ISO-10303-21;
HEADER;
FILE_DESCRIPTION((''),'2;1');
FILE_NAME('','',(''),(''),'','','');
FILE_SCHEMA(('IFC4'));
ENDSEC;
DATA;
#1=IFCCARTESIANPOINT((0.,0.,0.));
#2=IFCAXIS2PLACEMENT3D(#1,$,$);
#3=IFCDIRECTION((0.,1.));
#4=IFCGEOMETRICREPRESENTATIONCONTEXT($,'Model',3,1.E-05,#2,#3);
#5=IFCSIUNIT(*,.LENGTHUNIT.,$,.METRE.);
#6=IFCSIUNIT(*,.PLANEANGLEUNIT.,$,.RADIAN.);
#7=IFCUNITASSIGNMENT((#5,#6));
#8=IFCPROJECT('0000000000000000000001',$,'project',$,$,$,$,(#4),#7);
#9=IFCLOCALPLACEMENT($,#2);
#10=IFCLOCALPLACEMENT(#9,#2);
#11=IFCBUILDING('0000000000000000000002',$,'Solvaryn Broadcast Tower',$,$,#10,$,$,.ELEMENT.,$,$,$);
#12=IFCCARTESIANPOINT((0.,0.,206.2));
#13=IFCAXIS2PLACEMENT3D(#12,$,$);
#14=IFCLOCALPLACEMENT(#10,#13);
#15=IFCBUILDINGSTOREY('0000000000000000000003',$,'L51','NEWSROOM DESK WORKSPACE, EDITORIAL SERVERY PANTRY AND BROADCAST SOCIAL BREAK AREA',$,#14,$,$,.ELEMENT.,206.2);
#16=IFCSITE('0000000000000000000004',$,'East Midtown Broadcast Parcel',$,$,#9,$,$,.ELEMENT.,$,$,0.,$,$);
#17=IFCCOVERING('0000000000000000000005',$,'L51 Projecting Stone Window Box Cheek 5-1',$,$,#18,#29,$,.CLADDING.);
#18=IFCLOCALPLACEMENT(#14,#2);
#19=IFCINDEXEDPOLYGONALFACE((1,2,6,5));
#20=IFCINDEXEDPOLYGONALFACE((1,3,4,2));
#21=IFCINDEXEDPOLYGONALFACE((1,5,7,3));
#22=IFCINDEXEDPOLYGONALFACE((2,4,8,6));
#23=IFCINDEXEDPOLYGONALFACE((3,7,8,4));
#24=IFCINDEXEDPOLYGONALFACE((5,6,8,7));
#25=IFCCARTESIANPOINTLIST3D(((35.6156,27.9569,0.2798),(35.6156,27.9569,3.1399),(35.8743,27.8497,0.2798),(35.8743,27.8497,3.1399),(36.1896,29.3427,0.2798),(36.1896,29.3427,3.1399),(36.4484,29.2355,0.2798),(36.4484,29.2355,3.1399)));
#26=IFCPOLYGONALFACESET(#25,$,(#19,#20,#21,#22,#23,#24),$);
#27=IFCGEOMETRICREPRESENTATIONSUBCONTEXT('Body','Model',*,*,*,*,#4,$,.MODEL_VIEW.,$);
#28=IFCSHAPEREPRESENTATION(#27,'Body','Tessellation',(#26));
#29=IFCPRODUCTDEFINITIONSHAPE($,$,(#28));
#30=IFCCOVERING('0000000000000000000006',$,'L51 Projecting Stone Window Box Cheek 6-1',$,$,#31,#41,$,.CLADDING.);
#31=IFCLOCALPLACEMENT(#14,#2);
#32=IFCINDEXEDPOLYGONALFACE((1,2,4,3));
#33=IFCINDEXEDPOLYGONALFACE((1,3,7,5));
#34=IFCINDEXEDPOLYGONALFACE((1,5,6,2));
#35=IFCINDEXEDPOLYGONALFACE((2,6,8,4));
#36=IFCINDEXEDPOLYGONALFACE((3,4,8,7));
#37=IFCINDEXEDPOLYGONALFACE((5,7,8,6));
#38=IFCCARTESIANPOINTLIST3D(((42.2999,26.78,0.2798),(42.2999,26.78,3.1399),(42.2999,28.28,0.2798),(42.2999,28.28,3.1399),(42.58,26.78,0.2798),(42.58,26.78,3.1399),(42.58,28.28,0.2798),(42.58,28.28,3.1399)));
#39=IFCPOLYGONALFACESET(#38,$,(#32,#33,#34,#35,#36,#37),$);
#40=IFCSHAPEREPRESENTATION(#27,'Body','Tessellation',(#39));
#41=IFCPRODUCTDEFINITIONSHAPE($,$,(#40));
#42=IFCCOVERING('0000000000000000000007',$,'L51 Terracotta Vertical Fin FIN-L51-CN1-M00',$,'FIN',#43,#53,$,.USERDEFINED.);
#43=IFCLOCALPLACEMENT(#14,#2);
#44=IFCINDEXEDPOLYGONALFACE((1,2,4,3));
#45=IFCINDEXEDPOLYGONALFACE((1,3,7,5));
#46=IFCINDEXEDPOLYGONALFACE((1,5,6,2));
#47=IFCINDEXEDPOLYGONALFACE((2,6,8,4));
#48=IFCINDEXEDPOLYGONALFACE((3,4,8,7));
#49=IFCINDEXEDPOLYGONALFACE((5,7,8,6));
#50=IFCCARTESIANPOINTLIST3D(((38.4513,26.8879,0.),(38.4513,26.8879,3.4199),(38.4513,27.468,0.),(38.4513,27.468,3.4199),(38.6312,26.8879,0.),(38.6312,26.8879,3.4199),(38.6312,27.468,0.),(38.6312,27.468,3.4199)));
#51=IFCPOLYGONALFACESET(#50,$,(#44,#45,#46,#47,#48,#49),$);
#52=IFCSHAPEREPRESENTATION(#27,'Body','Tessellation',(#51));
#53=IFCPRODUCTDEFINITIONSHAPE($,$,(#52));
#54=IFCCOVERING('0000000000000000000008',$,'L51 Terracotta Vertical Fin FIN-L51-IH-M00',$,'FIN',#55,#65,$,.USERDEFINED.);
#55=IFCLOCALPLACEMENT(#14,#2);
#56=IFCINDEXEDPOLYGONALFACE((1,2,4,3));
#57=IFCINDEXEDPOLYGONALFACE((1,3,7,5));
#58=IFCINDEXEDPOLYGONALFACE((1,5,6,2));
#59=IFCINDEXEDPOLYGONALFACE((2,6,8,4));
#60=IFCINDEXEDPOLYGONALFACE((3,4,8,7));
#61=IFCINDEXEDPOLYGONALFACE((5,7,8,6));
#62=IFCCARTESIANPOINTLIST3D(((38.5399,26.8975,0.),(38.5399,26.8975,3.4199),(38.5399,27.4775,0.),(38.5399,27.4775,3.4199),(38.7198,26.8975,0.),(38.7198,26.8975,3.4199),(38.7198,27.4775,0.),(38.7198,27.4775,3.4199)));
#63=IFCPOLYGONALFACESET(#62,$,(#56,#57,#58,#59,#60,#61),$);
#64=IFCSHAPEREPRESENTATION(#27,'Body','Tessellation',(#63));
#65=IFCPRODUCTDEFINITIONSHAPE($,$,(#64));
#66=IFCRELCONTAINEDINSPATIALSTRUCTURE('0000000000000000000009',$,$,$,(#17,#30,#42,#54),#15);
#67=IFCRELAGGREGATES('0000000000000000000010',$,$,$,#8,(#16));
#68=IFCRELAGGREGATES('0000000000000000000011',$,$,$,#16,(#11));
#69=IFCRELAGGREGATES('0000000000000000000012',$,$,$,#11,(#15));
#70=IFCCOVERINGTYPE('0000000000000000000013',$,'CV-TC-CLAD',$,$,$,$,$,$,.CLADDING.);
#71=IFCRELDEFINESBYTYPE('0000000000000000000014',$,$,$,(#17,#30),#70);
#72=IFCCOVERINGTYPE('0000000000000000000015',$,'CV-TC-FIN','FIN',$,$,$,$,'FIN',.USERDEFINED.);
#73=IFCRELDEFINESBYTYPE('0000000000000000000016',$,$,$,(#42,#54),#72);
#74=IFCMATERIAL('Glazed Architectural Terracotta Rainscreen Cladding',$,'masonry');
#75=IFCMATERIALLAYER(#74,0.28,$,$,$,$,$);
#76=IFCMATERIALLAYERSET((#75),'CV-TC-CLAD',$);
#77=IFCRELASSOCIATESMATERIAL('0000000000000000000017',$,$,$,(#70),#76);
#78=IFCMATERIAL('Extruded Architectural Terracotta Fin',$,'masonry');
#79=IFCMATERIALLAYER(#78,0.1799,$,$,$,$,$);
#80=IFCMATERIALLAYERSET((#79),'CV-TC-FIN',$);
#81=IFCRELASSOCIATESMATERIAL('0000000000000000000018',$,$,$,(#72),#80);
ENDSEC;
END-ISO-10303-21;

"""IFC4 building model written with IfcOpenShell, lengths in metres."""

from ifc_helpers import new_model, si_unit, direction, frame, origin, origin_2d, place, context, subcontext, project, spatial, rectangle, extrude, material, layer, layer_set, type_object, element, save


model = new_model("IFC4")

# Units and contexts
model_context = context("Model", 3, precision=1e-05, world=origin(), true_north=direction((0.0, 1.0)))
body_context = subcontext(model_context, "Body", "Model", "MODEL_VIEW")
ifc_project = project(units=[si_unit("LENGTHUNIT", "METRE"), si_unit("PLANEANGLEUNIT", "RADIAN")], contexts=[model_context])

# Site, building, storey
site_placement = place(None, origin())
site = spatial("IfcSite", under=ifc_project, at=site_placement, Name="East Midtown Broadcast Parcel", CompositionType="ELEMENT", RefElevation=0.0)
building_placement = place(site_placement, origin())
building = spatial("IfcBuilding", under=site, at=building_placement, Name="Solvaryn Broadcast Tower", CompositionType="ELEMENT")
storey_placement = place(building_placement, frame((0.0, 0.0, 206.2)))
storey = spatial("IfcBuildingStorey", under=building, at=storey_placement, Name="L51", Description="NEWSROOM DESK WORKSPACE, EDITORIAL SERVERY PANTRY AND BROADCAST SOCIAL BREAK AREA", CompositionType="ELEMENT", Elevation=206.2)

# Coverings
ifc_material_1 = material(Name="Glazed Architectural Terracotta Rainscreen Cladding", Category="masonry")
ifc_layer_1 = layer(ifc_material_1, 0.28)
ifc_layer_set_1 = layer_set([ifc_layer_1], Name="CV-TC-CLAD")
covering_type_1 = type_object("IfcCoveringType", Name="CV-TC-CLAD", PredefinedType="CLADDING", material=ifc_layer_set_1)
for number, where, z_axis, x_axis, name in (
    (1, (36.032, 28.5962, 0.2798), (0.0, 0.0, 1.0), (-0.92388, 0.382683, 0.0), "L51 Projecting Stone Window Box Cheek 5-1"),
    (2, (42.4399, 27.53, 0.2798), (0.0, 0.0, 1.0), (1.0, 0.0, 0.0), "L51 Projecting Stone Window Box Cheek 6-1"),
):
    element("IfcCovering", number, at=place(storey_placement, frame(where, z_axis=z_axis, x_axis=x_axis)), inside=storey, type_object=covering_type_1, Name=name, PredefinedType="CLADDING", context=body_context, shape_type="SweptSolid", body=[
        extrude(rectangle(XDim=0.28, YDim=1.5, at=origin_2d()), origin(), (0.0, 0.0, 1.0), 2.8601),
    ])
ifc_material_2 = material(Name="Extruded Architectural Terracotta Fin", Category="masonry")
ifc_layer_2 = layer(ifc_material_2, 0.1799)
ifc_layer_set_2 = layer_set([ifc_layer_2], Name="CV-TC-FIN")
covering_type_2 = type_object("IfcCoveringType", Name="CV-TC-FIN", Description="FIN", ElementType="FIN", PredefinedType="USERDEFINED", material=ifc_layer_set_2)
for number, where, z_axis, x_axis, name in (
    (3, (38.5413, 27.178, 0.0), (0.0, 0.0, 1.0), (1.0, 0.0, 0.0), "L51 Terracotta Vertical Fin FIN-L51-CN1-M00"),
    (4, (38.6299, 27.1875, 0.0), (0.0, 0.0, 1.0), (1.0, 0.0, 0.0), "L51 Terracotta Vertical Fin FIN-L51-IH-M00"),
):
    element("IfcCovering", number, at=place(storey_placement, frame(where, z_axis=z_axis, x_axis=x_axis)), inside=storey, type_object=covering_type_2, Name=name, ObjectType="FIN", PredefinedType="USERDEFINED", context=body_context, shape_type="SweptSolid", body=[
        extrude(rectangle(XDim=0.1799, YDim=0.5801, at=origin_2d()), origin(), (0.0, 0.0, 1.0), 3.4199),
    ])

save(model, "model.ifc")
